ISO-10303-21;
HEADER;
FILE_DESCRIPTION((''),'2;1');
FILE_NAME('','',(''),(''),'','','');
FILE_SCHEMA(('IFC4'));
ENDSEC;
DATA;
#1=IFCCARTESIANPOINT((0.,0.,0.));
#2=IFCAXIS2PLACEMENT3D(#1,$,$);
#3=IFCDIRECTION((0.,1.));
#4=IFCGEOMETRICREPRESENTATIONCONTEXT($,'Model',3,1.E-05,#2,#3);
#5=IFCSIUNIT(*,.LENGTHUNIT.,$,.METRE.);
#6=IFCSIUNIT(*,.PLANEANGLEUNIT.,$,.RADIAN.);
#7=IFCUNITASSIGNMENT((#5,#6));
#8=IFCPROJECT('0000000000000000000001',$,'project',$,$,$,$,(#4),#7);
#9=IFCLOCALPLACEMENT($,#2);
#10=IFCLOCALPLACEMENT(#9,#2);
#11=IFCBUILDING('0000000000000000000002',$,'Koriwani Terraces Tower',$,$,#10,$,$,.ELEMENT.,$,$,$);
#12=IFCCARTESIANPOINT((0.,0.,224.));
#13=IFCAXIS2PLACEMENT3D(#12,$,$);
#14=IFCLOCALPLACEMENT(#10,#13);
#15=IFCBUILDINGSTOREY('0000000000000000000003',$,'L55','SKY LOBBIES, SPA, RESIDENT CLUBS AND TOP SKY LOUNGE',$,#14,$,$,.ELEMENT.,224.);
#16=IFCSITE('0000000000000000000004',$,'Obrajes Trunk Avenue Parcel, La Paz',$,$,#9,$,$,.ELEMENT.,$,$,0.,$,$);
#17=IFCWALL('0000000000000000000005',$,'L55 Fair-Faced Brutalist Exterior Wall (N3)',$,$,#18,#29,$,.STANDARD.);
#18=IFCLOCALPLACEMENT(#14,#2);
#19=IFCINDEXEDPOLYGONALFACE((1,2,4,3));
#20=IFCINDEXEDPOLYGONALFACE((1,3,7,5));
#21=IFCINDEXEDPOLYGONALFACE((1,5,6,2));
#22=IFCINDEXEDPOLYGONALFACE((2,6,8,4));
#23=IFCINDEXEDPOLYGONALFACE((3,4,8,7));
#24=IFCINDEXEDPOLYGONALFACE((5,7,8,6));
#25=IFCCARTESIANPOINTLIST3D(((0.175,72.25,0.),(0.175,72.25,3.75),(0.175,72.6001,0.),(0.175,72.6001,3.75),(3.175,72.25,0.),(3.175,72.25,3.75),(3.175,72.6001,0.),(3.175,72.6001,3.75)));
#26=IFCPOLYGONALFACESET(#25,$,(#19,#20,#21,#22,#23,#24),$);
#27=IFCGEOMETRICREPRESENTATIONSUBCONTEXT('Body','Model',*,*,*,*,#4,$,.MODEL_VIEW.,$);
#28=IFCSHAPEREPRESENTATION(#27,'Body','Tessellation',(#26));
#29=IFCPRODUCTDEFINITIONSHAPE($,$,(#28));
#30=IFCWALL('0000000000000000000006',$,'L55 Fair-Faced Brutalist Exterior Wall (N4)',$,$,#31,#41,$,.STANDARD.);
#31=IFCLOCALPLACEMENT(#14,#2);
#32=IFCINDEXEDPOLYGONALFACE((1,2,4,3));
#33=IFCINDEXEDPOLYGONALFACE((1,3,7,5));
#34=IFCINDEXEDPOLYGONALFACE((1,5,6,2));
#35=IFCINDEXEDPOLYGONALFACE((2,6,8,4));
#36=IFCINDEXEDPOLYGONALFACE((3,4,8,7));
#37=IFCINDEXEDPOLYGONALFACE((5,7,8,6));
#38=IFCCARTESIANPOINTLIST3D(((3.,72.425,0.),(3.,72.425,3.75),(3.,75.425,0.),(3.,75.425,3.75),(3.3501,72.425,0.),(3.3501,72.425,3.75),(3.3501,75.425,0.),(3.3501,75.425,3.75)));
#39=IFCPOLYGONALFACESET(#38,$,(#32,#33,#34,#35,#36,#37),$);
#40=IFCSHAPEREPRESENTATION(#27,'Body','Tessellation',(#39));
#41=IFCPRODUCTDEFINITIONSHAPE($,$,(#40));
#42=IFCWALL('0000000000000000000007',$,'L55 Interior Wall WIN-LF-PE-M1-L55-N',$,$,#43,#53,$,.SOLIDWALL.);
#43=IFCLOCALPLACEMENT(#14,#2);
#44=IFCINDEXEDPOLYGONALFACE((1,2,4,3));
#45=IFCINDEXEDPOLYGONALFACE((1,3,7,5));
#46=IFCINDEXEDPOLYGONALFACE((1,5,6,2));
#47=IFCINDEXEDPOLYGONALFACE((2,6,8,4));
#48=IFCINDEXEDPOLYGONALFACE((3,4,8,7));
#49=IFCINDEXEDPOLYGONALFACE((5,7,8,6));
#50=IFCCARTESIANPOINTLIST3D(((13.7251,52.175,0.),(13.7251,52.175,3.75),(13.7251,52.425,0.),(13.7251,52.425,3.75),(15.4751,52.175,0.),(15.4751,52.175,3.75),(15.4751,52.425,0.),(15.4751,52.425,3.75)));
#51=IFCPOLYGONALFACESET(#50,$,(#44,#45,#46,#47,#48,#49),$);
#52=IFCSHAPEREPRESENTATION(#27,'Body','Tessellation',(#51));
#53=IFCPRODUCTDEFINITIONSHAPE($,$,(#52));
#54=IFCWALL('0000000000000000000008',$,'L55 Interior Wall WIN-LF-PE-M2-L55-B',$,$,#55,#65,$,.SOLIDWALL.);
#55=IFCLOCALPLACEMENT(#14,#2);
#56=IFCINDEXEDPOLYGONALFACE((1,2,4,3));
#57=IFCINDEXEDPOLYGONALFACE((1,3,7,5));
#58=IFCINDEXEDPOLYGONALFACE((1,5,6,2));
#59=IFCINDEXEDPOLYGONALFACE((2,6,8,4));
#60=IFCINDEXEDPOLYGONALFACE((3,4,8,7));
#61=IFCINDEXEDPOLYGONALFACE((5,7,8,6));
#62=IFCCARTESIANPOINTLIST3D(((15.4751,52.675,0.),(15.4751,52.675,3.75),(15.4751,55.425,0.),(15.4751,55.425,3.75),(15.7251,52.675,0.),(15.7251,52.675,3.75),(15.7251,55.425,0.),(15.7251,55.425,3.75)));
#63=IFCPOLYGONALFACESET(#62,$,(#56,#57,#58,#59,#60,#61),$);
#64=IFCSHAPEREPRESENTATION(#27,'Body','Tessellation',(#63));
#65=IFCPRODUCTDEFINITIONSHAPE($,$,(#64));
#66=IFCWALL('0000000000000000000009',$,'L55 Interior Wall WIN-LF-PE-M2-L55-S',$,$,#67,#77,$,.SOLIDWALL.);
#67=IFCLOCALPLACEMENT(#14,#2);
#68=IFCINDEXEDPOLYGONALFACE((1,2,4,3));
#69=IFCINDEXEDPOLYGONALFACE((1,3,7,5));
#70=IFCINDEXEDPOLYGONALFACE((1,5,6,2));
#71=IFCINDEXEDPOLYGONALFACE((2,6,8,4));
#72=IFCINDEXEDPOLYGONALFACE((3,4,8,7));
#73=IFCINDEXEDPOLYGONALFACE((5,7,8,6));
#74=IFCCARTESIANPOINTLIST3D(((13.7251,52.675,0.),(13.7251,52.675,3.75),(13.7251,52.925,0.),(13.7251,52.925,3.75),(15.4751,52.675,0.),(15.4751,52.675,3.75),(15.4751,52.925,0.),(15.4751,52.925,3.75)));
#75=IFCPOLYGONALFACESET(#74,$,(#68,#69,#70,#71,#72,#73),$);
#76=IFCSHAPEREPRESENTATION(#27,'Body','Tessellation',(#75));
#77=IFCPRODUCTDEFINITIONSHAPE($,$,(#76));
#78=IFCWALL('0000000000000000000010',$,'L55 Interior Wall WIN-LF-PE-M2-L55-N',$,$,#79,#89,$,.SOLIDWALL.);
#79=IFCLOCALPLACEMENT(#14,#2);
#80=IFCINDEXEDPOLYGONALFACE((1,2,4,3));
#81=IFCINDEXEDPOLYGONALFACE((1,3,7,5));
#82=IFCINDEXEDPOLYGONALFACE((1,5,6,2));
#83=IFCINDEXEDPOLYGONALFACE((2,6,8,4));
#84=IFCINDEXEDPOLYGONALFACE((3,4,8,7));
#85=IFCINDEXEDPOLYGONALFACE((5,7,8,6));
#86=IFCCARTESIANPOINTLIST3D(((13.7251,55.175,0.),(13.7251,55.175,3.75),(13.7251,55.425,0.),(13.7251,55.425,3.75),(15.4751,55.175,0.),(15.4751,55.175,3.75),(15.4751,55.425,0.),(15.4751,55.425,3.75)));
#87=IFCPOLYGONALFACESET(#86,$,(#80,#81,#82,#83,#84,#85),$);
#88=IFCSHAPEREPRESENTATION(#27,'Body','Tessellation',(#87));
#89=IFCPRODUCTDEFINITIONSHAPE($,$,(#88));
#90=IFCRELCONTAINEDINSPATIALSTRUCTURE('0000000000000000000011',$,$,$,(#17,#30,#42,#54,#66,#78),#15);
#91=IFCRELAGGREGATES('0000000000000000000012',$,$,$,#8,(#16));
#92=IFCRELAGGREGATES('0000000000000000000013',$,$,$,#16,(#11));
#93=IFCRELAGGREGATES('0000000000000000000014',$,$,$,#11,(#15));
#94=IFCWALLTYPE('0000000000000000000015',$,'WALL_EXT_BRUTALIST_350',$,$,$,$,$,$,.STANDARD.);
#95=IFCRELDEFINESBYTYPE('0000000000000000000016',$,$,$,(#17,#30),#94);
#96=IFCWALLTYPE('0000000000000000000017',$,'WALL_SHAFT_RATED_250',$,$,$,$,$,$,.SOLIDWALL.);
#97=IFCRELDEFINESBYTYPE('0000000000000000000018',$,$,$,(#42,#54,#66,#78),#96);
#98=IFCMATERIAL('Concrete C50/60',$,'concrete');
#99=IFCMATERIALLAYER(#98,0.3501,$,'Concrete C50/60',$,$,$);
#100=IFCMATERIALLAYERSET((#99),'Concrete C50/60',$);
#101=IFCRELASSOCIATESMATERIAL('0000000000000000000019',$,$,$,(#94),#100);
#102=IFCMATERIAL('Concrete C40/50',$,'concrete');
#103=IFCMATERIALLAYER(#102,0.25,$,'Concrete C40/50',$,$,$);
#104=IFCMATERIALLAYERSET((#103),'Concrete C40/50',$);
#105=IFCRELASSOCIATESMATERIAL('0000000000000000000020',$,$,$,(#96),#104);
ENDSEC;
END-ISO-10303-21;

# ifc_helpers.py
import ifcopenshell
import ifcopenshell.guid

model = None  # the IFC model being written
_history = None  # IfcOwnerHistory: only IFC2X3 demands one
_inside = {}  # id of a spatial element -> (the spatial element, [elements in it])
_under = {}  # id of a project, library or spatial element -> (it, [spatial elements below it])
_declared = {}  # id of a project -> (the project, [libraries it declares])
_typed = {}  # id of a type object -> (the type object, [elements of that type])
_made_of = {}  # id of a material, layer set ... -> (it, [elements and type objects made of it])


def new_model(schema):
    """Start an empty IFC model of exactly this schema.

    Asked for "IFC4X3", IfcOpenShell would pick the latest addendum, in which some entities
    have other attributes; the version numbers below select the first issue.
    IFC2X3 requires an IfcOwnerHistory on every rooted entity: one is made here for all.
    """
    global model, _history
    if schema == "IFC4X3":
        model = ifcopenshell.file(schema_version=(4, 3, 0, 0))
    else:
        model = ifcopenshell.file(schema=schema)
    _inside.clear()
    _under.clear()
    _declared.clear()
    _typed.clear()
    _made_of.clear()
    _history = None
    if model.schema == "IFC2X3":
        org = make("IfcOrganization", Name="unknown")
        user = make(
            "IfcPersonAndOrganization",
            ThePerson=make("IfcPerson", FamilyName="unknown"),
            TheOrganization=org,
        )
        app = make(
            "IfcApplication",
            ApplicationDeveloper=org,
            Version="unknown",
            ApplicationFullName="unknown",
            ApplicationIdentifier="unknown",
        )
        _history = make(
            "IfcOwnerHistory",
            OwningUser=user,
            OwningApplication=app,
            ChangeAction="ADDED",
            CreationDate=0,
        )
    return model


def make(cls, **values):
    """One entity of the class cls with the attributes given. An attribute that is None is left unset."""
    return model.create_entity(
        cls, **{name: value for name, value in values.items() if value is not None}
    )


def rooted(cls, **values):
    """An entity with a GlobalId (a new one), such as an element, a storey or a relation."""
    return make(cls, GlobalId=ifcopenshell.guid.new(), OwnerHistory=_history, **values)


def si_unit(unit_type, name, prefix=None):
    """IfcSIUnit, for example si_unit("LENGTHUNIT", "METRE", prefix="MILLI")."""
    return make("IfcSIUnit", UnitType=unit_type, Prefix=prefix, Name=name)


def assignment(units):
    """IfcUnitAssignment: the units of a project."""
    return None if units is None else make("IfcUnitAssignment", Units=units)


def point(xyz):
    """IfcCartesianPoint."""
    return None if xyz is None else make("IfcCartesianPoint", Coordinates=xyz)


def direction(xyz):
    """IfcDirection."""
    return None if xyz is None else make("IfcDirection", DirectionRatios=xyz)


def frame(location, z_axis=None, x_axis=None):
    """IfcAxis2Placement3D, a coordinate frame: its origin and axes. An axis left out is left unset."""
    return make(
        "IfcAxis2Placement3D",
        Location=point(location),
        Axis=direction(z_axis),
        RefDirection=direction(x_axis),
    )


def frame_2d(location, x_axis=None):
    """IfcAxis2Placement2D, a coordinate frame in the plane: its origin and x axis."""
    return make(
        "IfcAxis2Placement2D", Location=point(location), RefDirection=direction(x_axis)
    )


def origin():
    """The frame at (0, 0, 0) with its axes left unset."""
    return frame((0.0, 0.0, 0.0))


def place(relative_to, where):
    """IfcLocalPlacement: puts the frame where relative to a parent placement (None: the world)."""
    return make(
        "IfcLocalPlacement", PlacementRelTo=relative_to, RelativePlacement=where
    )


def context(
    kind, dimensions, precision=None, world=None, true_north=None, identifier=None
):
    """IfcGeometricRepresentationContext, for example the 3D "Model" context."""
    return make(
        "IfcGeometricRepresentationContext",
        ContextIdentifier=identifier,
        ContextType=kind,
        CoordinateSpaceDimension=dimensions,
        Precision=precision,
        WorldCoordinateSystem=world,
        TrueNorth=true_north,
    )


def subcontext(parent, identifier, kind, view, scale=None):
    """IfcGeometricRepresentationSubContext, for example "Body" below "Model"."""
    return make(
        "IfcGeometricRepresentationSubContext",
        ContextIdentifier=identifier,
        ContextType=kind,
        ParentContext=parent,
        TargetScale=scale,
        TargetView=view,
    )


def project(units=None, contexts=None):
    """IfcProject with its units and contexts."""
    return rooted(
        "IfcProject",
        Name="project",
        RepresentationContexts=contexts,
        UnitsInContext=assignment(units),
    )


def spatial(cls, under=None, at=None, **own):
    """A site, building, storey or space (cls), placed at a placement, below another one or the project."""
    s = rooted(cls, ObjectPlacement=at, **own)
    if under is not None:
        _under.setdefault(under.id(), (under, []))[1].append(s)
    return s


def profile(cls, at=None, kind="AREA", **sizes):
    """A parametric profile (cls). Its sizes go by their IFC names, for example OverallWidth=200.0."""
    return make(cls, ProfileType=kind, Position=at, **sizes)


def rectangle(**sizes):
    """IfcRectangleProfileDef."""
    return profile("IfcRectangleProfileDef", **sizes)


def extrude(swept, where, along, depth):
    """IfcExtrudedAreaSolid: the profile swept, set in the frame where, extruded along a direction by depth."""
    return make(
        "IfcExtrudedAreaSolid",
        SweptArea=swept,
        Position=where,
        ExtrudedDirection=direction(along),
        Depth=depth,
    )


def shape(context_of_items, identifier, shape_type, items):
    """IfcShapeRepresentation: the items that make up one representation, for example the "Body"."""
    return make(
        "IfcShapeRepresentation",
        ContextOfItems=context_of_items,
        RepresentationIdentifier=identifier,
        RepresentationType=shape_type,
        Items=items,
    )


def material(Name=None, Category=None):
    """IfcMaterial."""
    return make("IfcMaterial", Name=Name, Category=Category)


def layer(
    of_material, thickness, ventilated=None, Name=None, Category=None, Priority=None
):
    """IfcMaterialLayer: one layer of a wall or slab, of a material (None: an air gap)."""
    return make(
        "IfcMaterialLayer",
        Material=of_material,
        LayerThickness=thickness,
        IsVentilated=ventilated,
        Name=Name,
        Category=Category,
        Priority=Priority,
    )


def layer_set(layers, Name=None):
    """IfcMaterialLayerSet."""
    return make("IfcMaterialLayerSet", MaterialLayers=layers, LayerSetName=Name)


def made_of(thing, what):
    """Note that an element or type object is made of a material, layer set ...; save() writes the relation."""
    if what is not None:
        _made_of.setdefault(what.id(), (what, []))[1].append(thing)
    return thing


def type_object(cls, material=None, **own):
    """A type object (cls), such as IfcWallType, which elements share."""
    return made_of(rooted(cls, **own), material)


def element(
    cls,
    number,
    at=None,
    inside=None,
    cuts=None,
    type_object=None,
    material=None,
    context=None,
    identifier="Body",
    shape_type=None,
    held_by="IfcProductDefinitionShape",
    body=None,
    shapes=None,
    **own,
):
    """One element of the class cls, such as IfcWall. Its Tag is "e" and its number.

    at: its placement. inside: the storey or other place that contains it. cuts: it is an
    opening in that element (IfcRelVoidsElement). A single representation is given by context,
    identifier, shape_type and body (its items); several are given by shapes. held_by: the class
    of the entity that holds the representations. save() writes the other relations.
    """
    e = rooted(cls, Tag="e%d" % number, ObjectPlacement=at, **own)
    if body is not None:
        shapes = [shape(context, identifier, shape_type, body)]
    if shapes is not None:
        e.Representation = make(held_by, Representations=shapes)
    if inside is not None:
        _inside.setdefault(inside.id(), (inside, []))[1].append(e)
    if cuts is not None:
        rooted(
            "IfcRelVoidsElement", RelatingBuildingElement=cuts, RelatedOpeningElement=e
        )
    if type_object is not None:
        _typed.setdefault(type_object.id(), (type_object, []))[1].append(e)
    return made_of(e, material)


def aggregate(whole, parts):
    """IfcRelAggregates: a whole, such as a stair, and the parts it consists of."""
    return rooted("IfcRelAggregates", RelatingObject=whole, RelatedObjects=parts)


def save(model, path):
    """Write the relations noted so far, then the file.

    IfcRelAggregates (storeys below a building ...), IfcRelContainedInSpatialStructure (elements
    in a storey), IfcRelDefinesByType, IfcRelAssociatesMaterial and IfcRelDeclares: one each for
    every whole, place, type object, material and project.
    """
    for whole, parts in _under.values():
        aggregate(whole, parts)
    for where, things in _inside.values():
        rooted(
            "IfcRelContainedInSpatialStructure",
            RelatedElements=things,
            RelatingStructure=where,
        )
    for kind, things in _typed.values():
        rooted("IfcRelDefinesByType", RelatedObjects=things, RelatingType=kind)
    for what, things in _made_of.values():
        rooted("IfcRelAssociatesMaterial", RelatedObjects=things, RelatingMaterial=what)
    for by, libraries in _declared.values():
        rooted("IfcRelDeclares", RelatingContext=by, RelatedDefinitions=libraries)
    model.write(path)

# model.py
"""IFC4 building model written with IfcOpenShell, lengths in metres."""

from ifc_helpers import new_model, si_unit, direction, frame, frame_2d, origin, place, context, subcontext, project, spatial, rectangle, extrude, material, layer, layer_set, type_object, element, save


model = new_model("IFC4")

# Units and contexts
model_context = context("Model", 3, precision=1e-05, world=origin(), true_north=direction((0.0, 1.0)))
body_context = subcontext(model_context, "Body", "Model", "MODEL_VIEW")
ifc_project = project(units=[si_unit("LENGTHUNIT", "METRE"), si_unit("PLANEANGLEUNIT", "RADIAN")], contexts=[model_context])

# Site, building, storey
site_placement = place(None, origin())
site = spatial("IfcSite", under=ifc_project, at=site_placement, Name="Obrajes Trunk Avenue Parcel, La Paz", CompositionType="ELEMENT", RefElevation=0.0)
building_placement = place(site_placement, origin())
building = spatial("IfcBuilding", under=site, at=building_placement, Name="Koriwani Terraces Tower", CompositionType="ELEMENT")
storey_placement = place(building_placement, frame((0.0, 0.0, 224.0)))
storey = spatial("IfcBuildingStorey", under=building, at=storey_placement, Name="L55", Description="SKY LOBBIES, SPA, RESIDENT CLUBS AND TOP SKY LOUNGE", CompositionType="ELEMENT", Elevation=224.0)

# Shared definitions
ifc_material_1 = material(Name="Concrete C50/60", Category="concrete")

# Shared definitions
ifc_material_2 = material(Name="Concrete C40/50", Category="concrete")

# Walls
ifc_layer_1 = layer(ifc_material_1, 0.3501, Name="Concrete C50/60")
ifc_layer_set_1 = layer_set([ifc_layer_1], Name="Concrete C50/60")
wall_type_1 = type_object("IfcWallType", Name="WALL_EXT_BRUTALIST_350", PredefinedType="STANDARD", material=ifc_layer_set_1)
for number, where, z_axis, x_axis, name in (
    (1, (0.175, 72.425, 0.0), (0.0, 0.0, 1.0), (1.0, 0.0, 0.0), "L55 Fair-Faced Brutalist Exterior Wall (N3)"),
    (2, (3.175, 72.425, 0.0), (0.0, 0.0, 1.0), (0.0, 1.0, 0.0), "L55 Fair-Faced Brutalist Exterior Wall (N4)"),
):
    element("IfcWall", number, at=place(storey_placement, frame(where, z_axis=z_axis, x_axis=x_axis)), inside=storey, type_object=wall_type_1, Name=name, PredefinedType="STANDARD", context=body_context, shape_type="SweptSolid", body=[
        extrude(rectangle(XDim=3.0, YDim=0.3501, at=frame_2d((1.5, 0.0))), origin(), (0.0, 0.0, 1.0), 3.75),
    ])
ifc_layer_2 = layer(ifc_material_2, 0.25, Name="Concrete C40/50")
ifc_layer_set_2 = layer_set([ifc_layer_2], Name="Concrete C40/50")
wall_type_2 = type_object("IfcWallType", Name="WALL_SHAFT_RATED_250", PredefinedType="SOLIDWALL", material=ifc_layer_set_2)
wall_1_placement = place(storey_placement, frame((13.7251, 52.3, 0.0), z_axis=(0.0, 0.0, 1.0), x_axis=(1.0, 0.0, 0.0)))
element("IfcWall", 3, at=wall_1_placement, inside=storey, type_object=wall_type_2, Name="L55 Interior Wall WIN-LF-PE-M1-L55-N", PredefinedType="SOLIDWALL", context=body_context, shape_type="SweptSolid", body=[
    extrude(rectangle(XDim=1.75, YDim=0.25, at=frame_2d((0.875, 0.0))), origin(), (0.0, 0.0, 1.0), 3.75),
])

# Walls
wall_2_placement = place(storey_placement, frame((15.6001, 52.675, 0.0), z_axis=(0.0, 0.0, 1.0), x_axis=(0.0, 1.0, 0.0)))
element("IfcWall", 4, at=wall_2_placement, inside=storey, type_object=wall_type_2, Name="L55 Interior Wall WIN-LF-PE-M2-L55-B", PredefinedType="SOLIDWALL", context=body_context, shape_type="SweptSolid", body=[
    extrude(rectangle(XDim=2.75, YDim=0.25, at=frame_2d((1.375, 0.0))), origin(), (0.0, 0.0, 1.0), 3.75),
])
for number, where, z_axis, x_axis, name in (
    (5, (13.7251, 52.8, 0.0), (0.0, 0.0, 1.0), (1.0, 0.0, 0.0), "L55 Interior Wall WIN-LF-PE-M2-L55-S"),
    (6, (13.7251, 55.3, 0.0), (0.0, 0.0, 1.0), (1.0, 0.0, 0.0), "L55 Interior Wall WIN-LF-PE-M2-L55-N"),
):
    element("IfcWall", number, at=place(storey_placement, frame(where, z_axis=z_axis, x_axis=x_axis)), inside=storey, type_object=wall_type_2, Name=name, PredefinedType="SOLIDWALL", context=body_context, shape_type="SweptSolid", body=[
        extrude(rectangle(XDim=1.75, YDim=0.25, at=frame_2d((0.875, 0.0))), origin(), (0.0, 0.0, 1.0), 3.75),
    ])

save(model, "model.ifc")
